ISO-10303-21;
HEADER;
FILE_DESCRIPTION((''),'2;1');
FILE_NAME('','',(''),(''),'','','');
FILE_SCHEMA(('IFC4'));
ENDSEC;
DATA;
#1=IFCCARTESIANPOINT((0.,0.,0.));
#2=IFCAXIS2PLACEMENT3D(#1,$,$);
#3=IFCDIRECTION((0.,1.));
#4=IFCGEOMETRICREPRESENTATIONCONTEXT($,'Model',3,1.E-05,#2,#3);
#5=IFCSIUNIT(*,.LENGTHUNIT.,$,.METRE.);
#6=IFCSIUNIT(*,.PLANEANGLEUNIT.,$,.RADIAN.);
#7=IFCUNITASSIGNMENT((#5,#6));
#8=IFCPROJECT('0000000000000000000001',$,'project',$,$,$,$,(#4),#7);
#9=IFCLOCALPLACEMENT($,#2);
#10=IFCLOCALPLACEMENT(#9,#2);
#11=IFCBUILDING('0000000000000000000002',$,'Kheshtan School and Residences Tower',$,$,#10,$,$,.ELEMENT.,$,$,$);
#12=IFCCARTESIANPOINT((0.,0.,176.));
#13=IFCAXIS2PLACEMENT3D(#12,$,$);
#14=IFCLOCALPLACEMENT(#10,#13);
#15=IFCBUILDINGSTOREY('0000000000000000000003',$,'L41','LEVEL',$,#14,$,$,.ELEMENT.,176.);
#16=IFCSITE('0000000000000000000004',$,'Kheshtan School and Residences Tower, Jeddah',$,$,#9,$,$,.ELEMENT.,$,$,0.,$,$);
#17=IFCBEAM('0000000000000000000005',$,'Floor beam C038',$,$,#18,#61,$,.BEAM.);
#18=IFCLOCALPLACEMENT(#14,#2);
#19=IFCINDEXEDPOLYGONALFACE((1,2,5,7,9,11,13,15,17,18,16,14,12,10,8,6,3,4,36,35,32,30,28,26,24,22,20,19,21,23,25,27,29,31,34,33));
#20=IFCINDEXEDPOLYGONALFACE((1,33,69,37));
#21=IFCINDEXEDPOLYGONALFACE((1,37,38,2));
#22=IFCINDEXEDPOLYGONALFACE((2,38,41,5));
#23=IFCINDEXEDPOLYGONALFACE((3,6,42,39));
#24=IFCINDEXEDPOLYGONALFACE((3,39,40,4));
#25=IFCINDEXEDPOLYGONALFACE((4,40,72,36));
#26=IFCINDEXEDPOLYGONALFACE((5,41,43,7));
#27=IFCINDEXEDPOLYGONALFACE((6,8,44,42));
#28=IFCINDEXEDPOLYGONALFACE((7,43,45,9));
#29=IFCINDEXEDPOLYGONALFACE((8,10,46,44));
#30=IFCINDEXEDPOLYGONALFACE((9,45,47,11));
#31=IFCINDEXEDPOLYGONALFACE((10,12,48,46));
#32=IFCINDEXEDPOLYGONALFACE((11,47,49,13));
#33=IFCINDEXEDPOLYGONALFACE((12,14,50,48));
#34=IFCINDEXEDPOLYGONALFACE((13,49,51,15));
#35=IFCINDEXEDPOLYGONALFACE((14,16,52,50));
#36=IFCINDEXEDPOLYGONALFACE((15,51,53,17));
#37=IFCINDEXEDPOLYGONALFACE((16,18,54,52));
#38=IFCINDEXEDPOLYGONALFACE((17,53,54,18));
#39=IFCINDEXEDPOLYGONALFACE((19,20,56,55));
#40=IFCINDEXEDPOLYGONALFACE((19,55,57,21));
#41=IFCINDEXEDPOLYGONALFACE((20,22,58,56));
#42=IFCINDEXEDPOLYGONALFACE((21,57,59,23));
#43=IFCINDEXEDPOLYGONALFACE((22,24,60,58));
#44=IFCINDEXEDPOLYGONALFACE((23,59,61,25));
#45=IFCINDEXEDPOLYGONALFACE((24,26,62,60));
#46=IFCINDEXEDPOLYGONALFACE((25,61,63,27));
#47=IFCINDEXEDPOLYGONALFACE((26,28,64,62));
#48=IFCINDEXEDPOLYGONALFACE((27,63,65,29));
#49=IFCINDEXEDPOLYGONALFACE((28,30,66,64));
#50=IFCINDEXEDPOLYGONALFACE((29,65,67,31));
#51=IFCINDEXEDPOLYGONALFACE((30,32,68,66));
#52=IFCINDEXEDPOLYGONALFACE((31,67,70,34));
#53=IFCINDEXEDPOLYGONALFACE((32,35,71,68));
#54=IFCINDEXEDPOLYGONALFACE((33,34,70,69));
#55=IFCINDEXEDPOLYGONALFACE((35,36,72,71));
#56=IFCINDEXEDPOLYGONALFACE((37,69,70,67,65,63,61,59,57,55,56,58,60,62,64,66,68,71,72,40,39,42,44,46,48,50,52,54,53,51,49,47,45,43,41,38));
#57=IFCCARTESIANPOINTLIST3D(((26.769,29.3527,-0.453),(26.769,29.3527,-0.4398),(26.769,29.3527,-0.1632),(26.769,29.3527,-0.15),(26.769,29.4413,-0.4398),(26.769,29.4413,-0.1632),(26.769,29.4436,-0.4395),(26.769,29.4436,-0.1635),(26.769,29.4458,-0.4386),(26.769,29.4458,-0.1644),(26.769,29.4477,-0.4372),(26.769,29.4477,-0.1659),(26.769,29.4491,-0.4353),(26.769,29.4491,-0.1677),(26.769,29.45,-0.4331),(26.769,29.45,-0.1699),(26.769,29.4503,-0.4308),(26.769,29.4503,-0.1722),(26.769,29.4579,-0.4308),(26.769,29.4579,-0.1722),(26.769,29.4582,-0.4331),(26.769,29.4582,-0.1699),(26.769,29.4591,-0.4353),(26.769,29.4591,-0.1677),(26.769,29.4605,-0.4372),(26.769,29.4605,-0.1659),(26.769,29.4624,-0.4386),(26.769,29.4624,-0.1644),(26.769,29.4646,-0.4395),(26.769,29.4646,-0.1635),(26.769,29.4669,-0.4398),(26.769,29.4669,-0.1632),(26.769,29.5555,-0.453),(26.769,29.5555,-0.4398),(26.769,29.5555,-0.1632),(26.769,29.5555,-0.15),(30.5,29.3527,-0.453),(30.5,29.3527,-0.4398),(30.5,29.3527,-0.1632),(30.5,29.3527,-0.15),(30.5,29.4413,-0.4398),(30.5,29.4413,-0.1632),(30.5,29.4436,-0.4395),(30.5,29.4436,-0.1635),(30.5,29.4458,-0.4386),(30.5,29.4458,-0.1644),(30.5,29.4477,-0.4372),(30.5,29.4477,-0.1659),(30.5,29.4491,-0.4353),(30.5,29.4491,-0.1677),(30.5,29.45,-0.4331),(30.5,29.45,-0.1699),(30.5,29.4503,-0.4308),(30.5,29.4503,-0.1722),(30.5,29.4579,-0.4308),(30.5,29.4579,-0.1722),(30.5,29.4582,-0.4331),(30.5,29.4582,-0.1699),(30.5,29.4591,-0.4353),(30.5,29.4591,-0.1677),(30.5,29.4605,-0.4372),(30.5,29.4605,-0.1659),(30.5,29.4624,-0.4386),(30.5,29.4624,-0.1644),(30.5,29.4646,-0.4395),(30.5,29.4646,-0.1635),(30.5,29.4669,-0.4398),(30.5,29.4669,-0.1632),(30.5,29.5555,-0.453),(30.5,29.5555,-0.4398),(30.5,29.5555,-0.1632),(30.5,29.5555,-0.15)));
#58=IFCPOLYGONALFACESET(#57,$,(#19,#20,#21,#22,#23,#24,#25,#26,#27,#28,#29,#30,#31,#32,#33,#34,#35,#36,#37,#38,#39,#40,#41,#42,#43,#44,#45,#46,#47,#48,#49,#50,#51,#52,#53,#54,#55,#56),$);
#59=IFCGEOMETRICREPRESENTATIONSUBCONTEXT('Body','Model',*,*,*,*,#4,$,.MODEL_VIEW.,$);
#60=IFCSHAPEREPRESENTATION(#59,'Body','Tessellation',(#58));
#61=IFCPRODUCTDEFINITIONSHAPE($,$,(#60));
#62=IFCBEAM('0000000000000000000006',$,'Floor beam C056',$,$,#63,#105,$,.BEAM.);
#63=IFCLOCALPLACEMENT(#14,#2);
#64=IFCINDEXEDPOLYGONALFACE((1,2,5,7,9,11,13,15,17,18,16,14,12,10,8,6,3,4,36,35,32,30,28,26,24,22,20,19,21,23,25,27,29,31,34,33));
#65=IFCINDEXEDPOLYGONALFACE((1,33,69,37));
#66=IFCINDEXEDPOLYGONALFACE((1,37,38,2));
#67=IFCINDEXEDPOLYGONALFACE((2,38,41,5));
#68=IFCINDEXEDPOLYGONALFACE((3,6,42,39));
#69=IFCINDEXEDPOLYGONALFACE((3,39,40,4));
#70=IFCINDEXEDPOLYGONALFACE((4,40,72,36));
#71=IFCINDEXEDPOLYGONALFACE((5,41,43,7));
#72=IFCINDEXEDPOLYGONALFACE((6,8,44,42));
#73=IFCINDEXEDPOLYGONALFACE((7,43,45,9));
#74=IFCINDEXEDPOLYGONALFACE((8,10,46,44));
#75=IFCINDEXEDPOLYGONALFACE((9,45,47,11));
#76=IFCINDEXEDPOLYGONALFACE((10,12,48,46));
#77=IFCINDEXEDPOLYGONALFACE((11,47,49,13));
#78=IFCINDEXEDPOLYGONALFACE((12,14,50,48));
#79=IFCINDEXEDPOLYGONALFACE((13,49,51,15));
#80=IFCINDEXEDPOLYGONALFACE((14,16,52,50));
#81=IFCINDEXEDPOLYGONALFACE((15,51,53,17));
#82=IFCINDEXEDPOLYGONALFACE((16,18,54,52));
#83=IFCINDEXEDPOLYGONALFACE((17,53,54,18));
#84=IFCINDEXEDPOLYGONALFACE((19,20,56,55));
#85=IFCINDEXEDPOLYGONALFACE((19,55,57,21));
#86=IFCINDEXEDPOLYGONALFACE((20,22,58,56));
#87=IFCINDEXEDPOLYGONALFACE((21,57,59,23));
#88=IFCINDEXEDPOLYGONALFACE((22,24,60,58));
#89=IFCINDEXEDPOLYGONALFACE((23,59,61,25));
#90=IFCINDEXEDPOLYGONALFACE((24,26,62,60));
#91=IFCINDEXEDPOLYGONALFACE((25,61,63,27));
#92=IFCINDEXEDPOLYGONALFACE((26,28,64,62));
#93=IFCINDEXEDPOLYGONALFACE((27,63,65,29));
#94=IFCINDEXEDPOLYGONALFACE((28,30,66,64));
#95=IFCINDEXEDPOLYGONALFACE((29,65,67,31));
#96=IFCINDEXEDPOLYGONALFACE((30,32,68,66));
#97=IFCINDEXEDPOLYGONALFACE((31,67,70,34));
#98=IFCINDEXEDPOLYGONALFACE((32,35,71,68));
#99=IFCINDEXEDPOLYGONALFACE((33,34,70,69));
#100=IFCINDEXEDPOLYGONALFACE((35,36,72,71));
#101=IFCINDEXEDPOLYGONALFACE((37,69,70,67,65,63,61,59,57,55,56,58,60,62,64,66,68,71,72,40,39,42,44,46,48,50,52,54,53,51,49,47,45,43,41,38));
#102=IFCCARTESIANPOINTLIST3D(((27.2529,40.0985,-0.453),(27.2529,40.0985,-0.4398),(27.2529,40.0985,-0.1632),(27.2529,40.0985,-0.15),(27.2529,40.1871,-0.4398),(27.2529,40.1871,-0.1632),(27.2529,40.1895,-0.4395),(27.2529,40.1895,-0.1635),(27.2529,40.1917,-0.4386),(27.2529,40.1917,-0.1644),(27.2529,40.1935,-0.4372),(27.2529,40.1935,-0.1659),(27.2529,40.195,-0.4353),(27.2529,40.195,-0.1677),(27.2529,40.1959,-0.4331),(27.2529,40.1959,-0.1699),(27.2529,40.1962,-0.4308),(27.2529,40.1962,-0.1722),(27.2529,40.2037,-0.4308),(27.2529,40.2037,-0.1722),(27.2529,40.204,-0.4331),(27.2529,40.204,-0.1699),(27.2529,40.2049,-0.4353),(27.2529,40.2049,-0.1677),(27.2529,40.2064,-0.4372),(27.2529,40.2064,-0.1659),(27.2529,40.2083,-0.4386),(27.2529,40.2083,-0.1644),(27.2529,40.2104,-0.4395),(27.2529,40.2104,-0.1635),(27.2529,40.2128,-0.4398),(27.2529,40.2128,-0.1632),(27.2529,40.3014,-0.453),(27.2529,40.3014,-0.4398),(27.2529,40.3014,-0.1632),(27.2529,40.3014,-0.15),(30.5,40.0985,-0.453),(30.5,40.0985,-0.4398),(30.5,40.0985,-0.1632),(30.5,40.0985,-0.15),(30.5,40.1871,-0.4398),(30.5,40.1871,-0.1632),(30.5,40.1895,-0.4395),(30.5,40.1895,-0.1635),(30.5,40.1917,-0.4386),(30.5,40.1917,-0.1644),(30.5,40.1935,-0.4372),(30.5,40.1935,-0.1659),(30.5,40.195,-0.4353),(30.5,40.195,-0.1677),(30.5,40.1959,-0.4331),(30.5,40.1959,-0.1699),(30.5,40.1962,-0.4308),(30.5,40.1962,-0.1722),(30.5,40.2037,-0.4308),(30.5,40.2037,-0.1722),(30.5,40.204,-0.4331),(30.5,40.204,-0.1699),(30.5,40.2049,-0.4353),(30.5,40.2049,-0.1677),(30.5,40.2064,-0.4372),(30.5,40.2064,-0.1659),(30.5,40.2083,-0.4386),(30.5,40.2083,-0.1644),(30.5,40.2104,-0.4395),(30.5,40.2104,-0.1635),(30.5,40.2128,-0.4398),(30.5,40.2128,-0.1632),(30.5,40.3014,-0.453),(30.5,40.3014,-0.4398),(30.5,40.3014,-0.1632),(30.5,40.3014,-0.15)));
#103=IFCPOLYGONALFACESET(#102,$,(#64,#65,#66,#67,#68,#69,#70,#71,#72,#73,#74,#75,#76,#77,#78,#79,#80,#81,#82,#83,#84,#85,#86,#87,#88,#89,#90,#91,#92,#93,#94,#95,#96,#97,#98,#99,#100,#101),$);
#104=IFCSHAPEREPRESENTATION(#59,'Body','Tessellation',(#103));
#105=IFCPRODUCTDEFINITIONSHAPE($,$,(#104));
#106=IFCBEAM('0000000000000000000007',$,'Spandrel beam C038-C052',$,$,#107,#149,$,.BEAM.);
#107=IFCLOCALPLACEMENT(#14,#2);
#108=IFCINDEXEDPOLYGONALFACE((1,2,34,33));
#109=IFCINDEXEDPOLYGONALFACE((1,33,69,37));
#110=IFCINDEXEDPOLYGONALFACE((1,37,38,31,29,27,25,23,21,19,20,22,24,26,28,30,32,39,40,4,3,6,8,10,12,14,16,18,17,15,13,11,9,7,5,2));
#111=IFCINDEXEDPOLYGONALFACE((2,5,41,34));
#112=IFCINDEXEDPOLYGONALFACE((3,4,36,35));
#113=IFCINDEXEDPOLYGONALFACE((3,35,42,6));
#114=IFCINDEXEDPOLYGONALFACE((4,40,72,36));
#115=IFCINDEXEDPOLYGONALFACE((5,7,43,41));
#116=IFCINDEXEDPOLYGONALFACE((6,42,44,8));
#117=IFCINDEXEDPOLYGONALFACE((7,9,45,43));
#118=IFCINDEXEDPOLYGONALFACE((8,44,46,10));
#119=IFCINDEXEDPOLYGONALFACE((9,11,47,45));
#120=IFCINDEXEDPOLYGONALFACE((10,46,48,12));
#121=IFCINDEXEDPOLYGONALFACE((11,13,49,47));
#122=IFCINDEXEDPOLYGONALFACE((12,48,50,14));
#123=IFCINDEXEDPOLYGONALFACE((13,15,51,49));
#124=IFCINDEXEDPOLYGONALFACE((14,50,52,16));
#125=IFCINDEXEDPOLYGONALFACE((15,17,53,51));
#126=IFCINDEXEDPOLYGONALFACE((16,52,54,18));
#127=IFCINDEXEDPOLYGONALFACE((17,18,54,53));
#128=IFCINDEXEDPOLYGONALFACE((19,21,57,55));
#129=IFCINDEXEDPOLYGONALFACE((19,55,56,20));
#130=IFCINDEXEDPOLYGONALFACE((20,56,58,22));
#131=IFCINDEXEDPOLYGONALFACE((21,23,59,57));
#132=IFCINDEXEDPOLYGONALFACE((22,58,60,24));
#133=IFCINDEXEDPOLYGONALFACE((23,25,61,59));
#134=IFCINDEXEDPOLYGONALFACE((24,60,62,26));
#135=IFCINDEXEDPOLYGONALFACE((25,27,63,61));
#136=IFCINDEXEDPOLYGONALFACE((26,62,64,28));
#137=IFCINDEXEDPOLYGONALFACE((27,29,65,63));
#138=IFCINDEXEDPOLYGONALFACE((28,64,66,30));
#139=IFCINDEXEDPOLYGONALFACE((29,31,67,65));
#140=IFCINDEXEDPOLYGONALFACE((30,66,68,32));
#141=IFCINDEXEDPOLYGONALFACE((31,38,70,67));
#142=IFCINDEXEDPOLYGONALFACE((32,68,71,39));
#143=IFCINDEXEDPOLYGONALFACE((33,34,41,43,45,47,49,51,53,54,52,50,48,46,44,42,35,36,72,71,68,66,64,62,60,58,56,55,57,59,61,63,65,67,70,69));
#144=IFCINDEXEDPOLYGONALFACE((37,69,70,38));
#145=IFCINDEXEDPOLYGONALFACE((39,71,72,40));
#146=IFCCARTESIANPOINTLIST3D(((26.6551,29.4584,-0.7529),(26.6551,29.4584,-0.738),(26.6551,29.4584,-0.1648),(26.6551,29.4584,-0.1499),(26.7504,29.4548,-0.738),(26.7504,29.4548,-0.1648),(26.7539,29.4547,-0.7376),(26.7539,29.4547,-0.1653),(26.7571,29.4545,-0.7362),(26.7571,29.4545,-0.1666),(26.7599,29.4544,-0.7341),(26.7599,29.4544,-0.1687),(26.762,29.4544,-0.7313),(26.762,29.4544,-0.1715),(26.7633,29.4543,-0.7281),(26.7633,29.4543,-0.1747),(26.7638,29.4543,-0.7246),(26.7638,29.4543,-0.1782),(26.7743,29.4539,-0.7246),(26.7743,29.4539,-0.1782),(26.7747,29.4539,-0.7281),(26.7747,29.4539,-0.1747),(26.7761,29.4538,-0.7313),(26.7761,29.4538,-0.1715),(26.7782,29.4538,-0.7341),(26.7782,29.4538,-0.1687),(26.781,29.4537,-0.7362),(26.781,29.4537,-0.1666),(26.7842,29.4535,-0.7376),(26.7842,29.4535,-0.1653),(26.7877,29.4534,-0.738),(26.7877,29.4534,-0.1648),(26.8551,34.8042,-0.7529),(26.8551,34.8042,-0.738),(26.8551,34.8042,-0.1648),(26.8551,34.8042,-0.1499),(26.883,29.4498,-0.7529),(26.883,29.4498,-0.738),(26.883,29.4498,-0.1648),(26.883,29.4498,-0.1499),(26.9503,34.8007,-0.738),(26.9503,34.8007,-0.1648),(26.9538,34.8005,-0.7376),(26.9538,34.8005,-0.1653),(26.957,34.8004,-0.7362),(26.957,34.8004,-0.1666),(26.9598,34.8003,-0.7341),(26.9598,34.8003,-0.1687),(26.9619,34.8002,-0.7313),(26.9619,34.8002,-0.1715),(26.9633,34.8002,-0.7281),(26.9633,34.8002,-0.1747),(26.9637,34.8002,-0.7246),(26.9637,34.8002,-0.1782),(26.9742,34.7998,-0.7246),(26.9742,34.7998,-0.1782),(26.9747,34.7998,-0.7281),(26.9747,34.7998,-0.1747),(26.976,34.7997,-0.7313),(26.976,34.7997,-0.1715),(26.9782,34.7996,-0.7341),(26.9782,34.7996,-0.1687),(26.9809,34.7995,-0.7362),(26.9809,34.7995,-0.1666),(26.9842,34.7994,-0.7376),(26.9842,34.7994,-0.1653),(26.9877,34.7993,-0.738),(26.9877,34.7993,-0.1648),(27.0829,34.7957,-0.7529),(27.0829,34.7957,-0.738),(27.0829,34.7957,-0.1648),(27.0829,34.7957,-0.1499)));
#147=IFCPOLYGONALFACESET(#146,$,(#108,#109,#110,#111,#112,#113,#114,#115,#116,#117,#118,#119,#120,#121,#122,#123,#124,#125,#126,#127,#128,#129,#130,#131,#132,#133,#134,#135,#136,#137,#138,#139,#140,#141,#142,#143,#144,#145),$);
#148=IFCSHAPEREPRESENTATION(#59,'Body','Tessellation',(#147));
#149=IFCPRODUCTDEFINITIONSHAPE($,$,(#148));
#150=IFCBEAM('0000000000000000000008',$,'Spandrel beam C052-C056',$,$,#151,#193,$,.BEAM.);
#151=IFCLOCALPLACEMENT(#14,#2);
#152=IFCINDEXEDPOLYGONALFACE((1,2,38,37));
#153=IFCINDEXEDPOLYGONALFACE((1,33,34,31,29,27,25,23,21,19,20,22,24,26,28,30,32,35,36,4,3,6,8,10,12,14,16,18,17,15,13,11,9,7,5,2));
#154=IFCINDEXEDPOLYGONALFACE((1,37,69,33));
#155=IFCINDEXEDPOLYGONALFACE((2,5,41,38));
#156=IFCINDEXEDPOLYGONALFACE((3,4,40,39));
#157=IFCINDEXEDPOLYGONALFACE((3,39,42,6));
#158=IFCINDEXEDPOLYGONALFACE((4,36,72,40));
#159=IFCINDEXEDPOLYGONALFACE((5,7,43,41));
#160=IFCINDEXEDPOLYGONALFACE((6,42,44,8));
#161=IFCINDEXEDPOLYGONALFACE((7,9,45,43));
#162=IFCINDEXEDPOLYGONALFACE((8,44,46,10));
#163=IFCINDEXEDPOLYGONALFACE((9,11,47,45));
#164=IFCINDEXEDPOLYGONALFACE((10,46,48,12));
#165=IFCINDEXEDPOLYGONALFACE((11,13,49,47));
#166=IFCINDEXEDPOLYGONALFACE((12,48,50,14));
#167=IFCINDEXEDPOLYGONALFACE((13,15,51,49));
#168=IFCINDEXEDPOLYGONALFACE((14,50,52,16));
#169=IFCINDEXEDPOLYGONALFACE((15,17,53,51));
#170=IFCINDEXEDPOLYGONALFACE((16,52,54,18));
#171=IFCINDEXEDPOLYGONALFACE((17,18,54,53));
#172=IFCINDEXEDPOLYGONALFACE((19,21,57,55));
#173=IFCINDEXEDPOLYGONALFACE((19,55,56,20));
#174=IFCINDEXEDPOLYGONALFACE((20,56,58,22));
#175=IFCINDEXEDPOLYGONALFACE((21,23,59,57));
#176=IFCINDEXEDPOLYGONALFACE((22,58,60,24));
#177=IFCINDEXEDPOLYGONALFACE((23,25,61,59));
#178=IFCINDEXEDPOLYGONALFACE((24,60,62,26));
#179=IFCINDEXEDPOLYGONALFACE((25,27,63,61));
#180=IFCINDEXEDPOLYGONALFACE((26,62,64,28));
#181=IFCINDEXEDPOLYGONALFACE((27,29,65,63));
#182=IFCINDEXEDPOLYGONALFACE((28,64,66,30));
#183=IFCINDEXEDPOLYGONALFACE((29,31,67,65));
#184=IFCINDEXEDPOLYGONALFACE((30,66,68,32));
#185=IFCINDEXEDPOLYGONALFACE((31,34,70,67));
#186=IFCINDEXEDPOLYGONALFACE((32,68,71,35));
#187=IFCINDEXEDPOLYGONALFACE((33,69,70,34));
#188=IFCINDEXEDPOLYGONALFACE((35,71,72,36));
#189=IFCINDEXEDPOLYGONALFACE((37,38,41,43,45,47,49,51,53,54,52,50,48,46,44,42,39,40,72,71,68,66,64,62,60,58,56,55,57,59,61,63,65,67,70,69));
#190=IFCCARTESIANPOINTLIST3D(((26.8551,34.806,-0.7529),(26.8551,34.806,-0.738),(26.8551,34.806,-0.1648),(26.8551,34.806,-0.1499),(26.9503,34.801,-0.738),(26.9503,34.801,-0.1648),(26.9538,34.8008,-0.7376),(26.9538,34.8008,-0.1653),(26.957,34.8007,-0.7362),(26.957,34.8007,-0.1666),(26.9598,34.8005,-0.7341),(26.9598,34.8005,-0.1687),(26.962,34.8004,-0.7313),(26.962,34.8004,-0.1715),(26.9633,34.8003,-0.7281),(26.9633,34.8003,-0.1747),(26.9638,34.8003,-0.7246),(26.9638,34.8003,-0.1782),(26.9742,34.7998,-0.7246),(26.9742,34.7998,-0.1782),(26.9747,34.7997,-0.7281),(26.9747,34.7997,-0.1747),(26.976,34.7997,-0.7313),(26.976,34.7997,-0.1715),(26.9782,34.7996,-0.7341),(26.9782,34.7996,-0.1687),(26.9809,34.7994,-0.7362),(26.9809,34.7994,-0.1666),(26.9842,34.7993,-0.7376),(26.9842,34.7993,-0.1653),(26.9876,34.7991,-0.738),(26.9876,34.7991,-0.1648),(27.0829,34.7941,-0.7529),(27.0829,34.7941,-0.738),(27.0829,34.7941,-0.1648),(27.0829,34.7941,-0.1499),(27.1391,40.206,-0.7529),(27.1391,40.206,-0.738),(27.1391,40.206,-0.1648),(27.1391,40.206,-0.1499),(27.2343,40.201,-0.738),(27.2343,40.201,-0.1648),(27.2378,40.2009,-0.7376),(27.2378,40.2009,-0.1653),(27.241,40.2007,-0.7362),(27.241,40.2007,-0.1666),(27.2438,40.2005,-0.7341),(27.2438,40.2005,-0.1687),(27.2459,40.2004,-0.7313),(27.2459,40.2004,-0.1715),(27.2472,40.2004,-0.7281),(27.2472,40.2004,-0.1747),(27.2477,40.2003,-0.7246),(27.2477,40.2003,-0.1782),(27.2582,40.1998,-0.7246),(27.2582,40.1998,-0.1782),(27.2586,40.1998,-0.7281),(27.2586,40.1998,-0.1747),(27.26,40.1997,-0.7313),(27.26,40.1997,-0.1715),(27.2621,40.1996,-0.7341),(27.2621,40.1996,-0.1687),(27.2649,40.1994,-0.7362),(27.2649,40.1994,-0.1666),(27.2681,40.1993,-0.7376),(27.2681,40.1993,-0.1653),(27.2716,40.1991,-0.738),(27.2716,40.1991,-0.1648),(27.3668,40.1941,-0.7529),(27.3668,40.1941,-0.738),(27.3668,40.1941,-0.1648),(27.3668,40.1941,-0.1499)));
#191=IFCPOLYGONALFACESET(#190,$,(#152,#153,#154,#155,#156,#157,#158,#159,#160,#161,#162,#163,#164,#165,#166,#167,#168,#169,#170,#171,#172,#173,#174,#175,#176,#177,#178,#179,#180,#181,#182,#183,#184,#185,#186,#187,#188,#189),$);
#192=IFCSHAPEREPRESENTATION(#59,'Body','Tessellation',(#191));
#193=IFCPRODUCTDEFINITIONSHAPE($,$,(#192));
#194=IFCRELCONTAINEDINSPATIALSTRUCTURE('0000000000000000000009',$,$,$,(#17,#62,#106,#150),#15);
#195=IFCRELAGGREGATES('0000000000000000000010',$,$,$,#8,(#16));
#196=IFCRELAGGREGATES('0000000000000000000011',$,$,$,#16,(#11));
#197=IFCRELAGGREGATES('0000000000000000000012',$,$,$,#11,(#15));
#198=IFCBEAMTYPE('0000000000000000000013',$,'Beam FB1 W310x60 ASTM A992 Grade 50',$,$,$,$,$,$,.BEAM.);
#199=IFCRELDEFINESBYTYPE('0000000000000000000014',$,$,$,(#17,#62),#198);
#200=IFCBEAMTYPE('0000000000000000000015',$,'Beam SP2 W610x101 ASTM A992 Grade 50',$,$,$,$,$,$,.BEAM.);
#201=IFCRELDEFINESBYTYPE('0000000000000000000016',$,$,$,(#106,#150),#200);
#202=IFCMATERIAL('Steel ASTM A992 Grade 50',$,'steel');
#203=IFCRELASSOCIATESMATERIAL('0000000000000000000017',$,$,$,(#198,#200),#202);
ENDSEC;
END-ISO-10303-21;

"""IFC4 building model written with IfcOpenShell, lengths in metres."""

from ifc_helpers import new_model, si_unit, direction, frame, origin, origin_2d, place, context, subcontext, project, spatial, i_section, extrude, material, material_profile, profile_set, type_object, element, save


model = new_model("IFC4")

# Units and contexts
model_context = context("Model", 3, precision=1e-05, world=origin(), true_north=direction((0.0, 1.0)))
body_context = subcontext(model_context, "Body", "Model", "MODEL_VIEW")
ifc_project = project(units=[si_unit("LENGTHUNIT", "METRE"), si_unit("PLANEANGLEUNIT", "RADIAN")], contexts=[model_context])

# Site, building, storey
site_placement = place(None, origin())
site = spatial("IfcSite", under=ifc_project, at=site_placement, Name="Kheshtan School and Residences Tower, Jeddah", CompositionType="ELEMENT", RefElevation=0.0)
building_placement = place(site_placement, origin())
building = spatial("IfcBuilding", under=site, at=building_placement, Name="Kheshtan School and Residences Tower", CompositionType="ELEMENT")
storey_placement = place(building_placement, frame((0.0, 0.0, 176.0)))
storey = spatial("IfcBuildingStorey", under=building, at=storey_placement, Name="L41", Description="LEVEL", CompositionType="ELEMENT", Elevation=176.0)

# Shared definitions
ifc_material_1 = material(Name="Steel ASTM A992 Grade 50", Category="steel")

# Beams
ifc_material_profile_1 = material_profile(ifc_material_1, i_section(OverallWidth=0.2029, OverallDepth=0.303, WebThickness=0.0076, FlangeThickness=0.0132, FilletRadius=0.009, at=origin_2d()), Name="W310x60")
ifc_profile_set_1 = profile_set([ifc_material_profile_1], Name="Steel ASTM A992 Grade 50")
beam_type_1 = type_object("IfcBeamType", Name="Beam FB1 W310x60 ASTM A992 Grade 50", PredefinedType="BEAM", material=ifc_profile_set_1)
beam_1_placement = place(storey_placement, frame((26.769, 29.4541, -0.3015), z_axis=(1.0, 0.0, 0.0), x_axis=(0.0, 1.0, 0.0)))
element("IfcBeam", 1, at=beam_1_placement, inside=storey, type_object=beam_type_1, Name="Floor beam C038", PredefinedType="BEAM", context=body_context, shape_type="SweptSolid", body=[
    extrude(i_section(OverallWidth=0.2029, OverallDepth=0.303, WebThickness=0.0076, FlangeThickness=0.0132, FilletRadius=0.009, at=origin_2d()), origin(), (0.0, 0.0, 1.0), 3.731),
])
beam_2_placement = place(storey_placement, frame((27.2529, 40.2, -0.3015), z_axis=(1.0, 0.0, 0.0), x_axis=(0.0, 1.0, 0.0)))
element("IfcBeam", 2, at=beam_2_placement, inside=storey, type_object=beam_type_1, Name="Floor beam C056", PredefinedType="BEAM", context=body_context, shape_type="SweptSolid", body=[
    extrude(i_section(OverallWidth=0.2029, OverallDepth=0.303, WebThickness=0.0076, FlangeThickness=0.0132, FilletRadius=0.009, at=origin_2d()), origin(), (0.0, 0.0, 1.0), 3.2471),
])
ifc_material_profile_2 = material_profile(ifc_material_1, i_section(OverallWidth=0.228, OverallDepth=0.603, WebThickness=0.0105, FlangeThickness=0.0149, FilletRadius=0.0134, at=origin_2d()), Name="W610x101")
ifc_profile_set_2 = profile_set([ifc_material_profile_2], Name="Steel ASTM A992 Grade 50")
beam_type_2 = type_object("IfcBeamType", Name="Beam SP2 W610x101 ASTM A992 Grade 50", PredefinedType="BEAM", material=ifc_profile_set_2)
beam_3_placement = place(storey_placement, frame((26.769, 29.4541, -0.4514), z_axis=(0.037376, 0.999301, 0.0), x_axis=(-0.999301, 0.037376, 0.0)))
element("IfcBeam", 3, at=beam_3_placement, inside=storey, type_object=beam_type_2, Name="Spandrel beam C038-C052", PredefinedType="BEAM", context=body_context, shape_type="SweptSolid", body=[
    extrude(i_section(OverallWidth=0.228, OverallDepth=0.603, WebThickness=0.0105, FlangeThickness=0.0149, FilletRadius=0.0134, at=origin_2d()), origin(), (0.0, 0.0, 1.0), 5.3496),
])
beam_4_placement = place(storey_placement, frame((26.969, 34.8, -0.4514), z_axis=(0.052509, 0.99862, 0.0), x_axis=(-0.99862, 0.052509, 0.0)))
element("IfcBeam", 4, at=beam_4_placement, inside=storey, type_object=beam_type_2, Name="Spandrel beam C052-C056", PredefinedType="BEAM", context=body_context, shape_type="SweptSolid", body=[
    extrude(i_section(OverallWidth=0.228, OverallDepth=0.603, WebThickness=0.0105, FlangeThickness=0.0149, FilletRadius=0.0134, at=origin_2d()), origin(), (0.0, 0.0, 1.0), 5.4075),
])

save(model, "model.ifc")
